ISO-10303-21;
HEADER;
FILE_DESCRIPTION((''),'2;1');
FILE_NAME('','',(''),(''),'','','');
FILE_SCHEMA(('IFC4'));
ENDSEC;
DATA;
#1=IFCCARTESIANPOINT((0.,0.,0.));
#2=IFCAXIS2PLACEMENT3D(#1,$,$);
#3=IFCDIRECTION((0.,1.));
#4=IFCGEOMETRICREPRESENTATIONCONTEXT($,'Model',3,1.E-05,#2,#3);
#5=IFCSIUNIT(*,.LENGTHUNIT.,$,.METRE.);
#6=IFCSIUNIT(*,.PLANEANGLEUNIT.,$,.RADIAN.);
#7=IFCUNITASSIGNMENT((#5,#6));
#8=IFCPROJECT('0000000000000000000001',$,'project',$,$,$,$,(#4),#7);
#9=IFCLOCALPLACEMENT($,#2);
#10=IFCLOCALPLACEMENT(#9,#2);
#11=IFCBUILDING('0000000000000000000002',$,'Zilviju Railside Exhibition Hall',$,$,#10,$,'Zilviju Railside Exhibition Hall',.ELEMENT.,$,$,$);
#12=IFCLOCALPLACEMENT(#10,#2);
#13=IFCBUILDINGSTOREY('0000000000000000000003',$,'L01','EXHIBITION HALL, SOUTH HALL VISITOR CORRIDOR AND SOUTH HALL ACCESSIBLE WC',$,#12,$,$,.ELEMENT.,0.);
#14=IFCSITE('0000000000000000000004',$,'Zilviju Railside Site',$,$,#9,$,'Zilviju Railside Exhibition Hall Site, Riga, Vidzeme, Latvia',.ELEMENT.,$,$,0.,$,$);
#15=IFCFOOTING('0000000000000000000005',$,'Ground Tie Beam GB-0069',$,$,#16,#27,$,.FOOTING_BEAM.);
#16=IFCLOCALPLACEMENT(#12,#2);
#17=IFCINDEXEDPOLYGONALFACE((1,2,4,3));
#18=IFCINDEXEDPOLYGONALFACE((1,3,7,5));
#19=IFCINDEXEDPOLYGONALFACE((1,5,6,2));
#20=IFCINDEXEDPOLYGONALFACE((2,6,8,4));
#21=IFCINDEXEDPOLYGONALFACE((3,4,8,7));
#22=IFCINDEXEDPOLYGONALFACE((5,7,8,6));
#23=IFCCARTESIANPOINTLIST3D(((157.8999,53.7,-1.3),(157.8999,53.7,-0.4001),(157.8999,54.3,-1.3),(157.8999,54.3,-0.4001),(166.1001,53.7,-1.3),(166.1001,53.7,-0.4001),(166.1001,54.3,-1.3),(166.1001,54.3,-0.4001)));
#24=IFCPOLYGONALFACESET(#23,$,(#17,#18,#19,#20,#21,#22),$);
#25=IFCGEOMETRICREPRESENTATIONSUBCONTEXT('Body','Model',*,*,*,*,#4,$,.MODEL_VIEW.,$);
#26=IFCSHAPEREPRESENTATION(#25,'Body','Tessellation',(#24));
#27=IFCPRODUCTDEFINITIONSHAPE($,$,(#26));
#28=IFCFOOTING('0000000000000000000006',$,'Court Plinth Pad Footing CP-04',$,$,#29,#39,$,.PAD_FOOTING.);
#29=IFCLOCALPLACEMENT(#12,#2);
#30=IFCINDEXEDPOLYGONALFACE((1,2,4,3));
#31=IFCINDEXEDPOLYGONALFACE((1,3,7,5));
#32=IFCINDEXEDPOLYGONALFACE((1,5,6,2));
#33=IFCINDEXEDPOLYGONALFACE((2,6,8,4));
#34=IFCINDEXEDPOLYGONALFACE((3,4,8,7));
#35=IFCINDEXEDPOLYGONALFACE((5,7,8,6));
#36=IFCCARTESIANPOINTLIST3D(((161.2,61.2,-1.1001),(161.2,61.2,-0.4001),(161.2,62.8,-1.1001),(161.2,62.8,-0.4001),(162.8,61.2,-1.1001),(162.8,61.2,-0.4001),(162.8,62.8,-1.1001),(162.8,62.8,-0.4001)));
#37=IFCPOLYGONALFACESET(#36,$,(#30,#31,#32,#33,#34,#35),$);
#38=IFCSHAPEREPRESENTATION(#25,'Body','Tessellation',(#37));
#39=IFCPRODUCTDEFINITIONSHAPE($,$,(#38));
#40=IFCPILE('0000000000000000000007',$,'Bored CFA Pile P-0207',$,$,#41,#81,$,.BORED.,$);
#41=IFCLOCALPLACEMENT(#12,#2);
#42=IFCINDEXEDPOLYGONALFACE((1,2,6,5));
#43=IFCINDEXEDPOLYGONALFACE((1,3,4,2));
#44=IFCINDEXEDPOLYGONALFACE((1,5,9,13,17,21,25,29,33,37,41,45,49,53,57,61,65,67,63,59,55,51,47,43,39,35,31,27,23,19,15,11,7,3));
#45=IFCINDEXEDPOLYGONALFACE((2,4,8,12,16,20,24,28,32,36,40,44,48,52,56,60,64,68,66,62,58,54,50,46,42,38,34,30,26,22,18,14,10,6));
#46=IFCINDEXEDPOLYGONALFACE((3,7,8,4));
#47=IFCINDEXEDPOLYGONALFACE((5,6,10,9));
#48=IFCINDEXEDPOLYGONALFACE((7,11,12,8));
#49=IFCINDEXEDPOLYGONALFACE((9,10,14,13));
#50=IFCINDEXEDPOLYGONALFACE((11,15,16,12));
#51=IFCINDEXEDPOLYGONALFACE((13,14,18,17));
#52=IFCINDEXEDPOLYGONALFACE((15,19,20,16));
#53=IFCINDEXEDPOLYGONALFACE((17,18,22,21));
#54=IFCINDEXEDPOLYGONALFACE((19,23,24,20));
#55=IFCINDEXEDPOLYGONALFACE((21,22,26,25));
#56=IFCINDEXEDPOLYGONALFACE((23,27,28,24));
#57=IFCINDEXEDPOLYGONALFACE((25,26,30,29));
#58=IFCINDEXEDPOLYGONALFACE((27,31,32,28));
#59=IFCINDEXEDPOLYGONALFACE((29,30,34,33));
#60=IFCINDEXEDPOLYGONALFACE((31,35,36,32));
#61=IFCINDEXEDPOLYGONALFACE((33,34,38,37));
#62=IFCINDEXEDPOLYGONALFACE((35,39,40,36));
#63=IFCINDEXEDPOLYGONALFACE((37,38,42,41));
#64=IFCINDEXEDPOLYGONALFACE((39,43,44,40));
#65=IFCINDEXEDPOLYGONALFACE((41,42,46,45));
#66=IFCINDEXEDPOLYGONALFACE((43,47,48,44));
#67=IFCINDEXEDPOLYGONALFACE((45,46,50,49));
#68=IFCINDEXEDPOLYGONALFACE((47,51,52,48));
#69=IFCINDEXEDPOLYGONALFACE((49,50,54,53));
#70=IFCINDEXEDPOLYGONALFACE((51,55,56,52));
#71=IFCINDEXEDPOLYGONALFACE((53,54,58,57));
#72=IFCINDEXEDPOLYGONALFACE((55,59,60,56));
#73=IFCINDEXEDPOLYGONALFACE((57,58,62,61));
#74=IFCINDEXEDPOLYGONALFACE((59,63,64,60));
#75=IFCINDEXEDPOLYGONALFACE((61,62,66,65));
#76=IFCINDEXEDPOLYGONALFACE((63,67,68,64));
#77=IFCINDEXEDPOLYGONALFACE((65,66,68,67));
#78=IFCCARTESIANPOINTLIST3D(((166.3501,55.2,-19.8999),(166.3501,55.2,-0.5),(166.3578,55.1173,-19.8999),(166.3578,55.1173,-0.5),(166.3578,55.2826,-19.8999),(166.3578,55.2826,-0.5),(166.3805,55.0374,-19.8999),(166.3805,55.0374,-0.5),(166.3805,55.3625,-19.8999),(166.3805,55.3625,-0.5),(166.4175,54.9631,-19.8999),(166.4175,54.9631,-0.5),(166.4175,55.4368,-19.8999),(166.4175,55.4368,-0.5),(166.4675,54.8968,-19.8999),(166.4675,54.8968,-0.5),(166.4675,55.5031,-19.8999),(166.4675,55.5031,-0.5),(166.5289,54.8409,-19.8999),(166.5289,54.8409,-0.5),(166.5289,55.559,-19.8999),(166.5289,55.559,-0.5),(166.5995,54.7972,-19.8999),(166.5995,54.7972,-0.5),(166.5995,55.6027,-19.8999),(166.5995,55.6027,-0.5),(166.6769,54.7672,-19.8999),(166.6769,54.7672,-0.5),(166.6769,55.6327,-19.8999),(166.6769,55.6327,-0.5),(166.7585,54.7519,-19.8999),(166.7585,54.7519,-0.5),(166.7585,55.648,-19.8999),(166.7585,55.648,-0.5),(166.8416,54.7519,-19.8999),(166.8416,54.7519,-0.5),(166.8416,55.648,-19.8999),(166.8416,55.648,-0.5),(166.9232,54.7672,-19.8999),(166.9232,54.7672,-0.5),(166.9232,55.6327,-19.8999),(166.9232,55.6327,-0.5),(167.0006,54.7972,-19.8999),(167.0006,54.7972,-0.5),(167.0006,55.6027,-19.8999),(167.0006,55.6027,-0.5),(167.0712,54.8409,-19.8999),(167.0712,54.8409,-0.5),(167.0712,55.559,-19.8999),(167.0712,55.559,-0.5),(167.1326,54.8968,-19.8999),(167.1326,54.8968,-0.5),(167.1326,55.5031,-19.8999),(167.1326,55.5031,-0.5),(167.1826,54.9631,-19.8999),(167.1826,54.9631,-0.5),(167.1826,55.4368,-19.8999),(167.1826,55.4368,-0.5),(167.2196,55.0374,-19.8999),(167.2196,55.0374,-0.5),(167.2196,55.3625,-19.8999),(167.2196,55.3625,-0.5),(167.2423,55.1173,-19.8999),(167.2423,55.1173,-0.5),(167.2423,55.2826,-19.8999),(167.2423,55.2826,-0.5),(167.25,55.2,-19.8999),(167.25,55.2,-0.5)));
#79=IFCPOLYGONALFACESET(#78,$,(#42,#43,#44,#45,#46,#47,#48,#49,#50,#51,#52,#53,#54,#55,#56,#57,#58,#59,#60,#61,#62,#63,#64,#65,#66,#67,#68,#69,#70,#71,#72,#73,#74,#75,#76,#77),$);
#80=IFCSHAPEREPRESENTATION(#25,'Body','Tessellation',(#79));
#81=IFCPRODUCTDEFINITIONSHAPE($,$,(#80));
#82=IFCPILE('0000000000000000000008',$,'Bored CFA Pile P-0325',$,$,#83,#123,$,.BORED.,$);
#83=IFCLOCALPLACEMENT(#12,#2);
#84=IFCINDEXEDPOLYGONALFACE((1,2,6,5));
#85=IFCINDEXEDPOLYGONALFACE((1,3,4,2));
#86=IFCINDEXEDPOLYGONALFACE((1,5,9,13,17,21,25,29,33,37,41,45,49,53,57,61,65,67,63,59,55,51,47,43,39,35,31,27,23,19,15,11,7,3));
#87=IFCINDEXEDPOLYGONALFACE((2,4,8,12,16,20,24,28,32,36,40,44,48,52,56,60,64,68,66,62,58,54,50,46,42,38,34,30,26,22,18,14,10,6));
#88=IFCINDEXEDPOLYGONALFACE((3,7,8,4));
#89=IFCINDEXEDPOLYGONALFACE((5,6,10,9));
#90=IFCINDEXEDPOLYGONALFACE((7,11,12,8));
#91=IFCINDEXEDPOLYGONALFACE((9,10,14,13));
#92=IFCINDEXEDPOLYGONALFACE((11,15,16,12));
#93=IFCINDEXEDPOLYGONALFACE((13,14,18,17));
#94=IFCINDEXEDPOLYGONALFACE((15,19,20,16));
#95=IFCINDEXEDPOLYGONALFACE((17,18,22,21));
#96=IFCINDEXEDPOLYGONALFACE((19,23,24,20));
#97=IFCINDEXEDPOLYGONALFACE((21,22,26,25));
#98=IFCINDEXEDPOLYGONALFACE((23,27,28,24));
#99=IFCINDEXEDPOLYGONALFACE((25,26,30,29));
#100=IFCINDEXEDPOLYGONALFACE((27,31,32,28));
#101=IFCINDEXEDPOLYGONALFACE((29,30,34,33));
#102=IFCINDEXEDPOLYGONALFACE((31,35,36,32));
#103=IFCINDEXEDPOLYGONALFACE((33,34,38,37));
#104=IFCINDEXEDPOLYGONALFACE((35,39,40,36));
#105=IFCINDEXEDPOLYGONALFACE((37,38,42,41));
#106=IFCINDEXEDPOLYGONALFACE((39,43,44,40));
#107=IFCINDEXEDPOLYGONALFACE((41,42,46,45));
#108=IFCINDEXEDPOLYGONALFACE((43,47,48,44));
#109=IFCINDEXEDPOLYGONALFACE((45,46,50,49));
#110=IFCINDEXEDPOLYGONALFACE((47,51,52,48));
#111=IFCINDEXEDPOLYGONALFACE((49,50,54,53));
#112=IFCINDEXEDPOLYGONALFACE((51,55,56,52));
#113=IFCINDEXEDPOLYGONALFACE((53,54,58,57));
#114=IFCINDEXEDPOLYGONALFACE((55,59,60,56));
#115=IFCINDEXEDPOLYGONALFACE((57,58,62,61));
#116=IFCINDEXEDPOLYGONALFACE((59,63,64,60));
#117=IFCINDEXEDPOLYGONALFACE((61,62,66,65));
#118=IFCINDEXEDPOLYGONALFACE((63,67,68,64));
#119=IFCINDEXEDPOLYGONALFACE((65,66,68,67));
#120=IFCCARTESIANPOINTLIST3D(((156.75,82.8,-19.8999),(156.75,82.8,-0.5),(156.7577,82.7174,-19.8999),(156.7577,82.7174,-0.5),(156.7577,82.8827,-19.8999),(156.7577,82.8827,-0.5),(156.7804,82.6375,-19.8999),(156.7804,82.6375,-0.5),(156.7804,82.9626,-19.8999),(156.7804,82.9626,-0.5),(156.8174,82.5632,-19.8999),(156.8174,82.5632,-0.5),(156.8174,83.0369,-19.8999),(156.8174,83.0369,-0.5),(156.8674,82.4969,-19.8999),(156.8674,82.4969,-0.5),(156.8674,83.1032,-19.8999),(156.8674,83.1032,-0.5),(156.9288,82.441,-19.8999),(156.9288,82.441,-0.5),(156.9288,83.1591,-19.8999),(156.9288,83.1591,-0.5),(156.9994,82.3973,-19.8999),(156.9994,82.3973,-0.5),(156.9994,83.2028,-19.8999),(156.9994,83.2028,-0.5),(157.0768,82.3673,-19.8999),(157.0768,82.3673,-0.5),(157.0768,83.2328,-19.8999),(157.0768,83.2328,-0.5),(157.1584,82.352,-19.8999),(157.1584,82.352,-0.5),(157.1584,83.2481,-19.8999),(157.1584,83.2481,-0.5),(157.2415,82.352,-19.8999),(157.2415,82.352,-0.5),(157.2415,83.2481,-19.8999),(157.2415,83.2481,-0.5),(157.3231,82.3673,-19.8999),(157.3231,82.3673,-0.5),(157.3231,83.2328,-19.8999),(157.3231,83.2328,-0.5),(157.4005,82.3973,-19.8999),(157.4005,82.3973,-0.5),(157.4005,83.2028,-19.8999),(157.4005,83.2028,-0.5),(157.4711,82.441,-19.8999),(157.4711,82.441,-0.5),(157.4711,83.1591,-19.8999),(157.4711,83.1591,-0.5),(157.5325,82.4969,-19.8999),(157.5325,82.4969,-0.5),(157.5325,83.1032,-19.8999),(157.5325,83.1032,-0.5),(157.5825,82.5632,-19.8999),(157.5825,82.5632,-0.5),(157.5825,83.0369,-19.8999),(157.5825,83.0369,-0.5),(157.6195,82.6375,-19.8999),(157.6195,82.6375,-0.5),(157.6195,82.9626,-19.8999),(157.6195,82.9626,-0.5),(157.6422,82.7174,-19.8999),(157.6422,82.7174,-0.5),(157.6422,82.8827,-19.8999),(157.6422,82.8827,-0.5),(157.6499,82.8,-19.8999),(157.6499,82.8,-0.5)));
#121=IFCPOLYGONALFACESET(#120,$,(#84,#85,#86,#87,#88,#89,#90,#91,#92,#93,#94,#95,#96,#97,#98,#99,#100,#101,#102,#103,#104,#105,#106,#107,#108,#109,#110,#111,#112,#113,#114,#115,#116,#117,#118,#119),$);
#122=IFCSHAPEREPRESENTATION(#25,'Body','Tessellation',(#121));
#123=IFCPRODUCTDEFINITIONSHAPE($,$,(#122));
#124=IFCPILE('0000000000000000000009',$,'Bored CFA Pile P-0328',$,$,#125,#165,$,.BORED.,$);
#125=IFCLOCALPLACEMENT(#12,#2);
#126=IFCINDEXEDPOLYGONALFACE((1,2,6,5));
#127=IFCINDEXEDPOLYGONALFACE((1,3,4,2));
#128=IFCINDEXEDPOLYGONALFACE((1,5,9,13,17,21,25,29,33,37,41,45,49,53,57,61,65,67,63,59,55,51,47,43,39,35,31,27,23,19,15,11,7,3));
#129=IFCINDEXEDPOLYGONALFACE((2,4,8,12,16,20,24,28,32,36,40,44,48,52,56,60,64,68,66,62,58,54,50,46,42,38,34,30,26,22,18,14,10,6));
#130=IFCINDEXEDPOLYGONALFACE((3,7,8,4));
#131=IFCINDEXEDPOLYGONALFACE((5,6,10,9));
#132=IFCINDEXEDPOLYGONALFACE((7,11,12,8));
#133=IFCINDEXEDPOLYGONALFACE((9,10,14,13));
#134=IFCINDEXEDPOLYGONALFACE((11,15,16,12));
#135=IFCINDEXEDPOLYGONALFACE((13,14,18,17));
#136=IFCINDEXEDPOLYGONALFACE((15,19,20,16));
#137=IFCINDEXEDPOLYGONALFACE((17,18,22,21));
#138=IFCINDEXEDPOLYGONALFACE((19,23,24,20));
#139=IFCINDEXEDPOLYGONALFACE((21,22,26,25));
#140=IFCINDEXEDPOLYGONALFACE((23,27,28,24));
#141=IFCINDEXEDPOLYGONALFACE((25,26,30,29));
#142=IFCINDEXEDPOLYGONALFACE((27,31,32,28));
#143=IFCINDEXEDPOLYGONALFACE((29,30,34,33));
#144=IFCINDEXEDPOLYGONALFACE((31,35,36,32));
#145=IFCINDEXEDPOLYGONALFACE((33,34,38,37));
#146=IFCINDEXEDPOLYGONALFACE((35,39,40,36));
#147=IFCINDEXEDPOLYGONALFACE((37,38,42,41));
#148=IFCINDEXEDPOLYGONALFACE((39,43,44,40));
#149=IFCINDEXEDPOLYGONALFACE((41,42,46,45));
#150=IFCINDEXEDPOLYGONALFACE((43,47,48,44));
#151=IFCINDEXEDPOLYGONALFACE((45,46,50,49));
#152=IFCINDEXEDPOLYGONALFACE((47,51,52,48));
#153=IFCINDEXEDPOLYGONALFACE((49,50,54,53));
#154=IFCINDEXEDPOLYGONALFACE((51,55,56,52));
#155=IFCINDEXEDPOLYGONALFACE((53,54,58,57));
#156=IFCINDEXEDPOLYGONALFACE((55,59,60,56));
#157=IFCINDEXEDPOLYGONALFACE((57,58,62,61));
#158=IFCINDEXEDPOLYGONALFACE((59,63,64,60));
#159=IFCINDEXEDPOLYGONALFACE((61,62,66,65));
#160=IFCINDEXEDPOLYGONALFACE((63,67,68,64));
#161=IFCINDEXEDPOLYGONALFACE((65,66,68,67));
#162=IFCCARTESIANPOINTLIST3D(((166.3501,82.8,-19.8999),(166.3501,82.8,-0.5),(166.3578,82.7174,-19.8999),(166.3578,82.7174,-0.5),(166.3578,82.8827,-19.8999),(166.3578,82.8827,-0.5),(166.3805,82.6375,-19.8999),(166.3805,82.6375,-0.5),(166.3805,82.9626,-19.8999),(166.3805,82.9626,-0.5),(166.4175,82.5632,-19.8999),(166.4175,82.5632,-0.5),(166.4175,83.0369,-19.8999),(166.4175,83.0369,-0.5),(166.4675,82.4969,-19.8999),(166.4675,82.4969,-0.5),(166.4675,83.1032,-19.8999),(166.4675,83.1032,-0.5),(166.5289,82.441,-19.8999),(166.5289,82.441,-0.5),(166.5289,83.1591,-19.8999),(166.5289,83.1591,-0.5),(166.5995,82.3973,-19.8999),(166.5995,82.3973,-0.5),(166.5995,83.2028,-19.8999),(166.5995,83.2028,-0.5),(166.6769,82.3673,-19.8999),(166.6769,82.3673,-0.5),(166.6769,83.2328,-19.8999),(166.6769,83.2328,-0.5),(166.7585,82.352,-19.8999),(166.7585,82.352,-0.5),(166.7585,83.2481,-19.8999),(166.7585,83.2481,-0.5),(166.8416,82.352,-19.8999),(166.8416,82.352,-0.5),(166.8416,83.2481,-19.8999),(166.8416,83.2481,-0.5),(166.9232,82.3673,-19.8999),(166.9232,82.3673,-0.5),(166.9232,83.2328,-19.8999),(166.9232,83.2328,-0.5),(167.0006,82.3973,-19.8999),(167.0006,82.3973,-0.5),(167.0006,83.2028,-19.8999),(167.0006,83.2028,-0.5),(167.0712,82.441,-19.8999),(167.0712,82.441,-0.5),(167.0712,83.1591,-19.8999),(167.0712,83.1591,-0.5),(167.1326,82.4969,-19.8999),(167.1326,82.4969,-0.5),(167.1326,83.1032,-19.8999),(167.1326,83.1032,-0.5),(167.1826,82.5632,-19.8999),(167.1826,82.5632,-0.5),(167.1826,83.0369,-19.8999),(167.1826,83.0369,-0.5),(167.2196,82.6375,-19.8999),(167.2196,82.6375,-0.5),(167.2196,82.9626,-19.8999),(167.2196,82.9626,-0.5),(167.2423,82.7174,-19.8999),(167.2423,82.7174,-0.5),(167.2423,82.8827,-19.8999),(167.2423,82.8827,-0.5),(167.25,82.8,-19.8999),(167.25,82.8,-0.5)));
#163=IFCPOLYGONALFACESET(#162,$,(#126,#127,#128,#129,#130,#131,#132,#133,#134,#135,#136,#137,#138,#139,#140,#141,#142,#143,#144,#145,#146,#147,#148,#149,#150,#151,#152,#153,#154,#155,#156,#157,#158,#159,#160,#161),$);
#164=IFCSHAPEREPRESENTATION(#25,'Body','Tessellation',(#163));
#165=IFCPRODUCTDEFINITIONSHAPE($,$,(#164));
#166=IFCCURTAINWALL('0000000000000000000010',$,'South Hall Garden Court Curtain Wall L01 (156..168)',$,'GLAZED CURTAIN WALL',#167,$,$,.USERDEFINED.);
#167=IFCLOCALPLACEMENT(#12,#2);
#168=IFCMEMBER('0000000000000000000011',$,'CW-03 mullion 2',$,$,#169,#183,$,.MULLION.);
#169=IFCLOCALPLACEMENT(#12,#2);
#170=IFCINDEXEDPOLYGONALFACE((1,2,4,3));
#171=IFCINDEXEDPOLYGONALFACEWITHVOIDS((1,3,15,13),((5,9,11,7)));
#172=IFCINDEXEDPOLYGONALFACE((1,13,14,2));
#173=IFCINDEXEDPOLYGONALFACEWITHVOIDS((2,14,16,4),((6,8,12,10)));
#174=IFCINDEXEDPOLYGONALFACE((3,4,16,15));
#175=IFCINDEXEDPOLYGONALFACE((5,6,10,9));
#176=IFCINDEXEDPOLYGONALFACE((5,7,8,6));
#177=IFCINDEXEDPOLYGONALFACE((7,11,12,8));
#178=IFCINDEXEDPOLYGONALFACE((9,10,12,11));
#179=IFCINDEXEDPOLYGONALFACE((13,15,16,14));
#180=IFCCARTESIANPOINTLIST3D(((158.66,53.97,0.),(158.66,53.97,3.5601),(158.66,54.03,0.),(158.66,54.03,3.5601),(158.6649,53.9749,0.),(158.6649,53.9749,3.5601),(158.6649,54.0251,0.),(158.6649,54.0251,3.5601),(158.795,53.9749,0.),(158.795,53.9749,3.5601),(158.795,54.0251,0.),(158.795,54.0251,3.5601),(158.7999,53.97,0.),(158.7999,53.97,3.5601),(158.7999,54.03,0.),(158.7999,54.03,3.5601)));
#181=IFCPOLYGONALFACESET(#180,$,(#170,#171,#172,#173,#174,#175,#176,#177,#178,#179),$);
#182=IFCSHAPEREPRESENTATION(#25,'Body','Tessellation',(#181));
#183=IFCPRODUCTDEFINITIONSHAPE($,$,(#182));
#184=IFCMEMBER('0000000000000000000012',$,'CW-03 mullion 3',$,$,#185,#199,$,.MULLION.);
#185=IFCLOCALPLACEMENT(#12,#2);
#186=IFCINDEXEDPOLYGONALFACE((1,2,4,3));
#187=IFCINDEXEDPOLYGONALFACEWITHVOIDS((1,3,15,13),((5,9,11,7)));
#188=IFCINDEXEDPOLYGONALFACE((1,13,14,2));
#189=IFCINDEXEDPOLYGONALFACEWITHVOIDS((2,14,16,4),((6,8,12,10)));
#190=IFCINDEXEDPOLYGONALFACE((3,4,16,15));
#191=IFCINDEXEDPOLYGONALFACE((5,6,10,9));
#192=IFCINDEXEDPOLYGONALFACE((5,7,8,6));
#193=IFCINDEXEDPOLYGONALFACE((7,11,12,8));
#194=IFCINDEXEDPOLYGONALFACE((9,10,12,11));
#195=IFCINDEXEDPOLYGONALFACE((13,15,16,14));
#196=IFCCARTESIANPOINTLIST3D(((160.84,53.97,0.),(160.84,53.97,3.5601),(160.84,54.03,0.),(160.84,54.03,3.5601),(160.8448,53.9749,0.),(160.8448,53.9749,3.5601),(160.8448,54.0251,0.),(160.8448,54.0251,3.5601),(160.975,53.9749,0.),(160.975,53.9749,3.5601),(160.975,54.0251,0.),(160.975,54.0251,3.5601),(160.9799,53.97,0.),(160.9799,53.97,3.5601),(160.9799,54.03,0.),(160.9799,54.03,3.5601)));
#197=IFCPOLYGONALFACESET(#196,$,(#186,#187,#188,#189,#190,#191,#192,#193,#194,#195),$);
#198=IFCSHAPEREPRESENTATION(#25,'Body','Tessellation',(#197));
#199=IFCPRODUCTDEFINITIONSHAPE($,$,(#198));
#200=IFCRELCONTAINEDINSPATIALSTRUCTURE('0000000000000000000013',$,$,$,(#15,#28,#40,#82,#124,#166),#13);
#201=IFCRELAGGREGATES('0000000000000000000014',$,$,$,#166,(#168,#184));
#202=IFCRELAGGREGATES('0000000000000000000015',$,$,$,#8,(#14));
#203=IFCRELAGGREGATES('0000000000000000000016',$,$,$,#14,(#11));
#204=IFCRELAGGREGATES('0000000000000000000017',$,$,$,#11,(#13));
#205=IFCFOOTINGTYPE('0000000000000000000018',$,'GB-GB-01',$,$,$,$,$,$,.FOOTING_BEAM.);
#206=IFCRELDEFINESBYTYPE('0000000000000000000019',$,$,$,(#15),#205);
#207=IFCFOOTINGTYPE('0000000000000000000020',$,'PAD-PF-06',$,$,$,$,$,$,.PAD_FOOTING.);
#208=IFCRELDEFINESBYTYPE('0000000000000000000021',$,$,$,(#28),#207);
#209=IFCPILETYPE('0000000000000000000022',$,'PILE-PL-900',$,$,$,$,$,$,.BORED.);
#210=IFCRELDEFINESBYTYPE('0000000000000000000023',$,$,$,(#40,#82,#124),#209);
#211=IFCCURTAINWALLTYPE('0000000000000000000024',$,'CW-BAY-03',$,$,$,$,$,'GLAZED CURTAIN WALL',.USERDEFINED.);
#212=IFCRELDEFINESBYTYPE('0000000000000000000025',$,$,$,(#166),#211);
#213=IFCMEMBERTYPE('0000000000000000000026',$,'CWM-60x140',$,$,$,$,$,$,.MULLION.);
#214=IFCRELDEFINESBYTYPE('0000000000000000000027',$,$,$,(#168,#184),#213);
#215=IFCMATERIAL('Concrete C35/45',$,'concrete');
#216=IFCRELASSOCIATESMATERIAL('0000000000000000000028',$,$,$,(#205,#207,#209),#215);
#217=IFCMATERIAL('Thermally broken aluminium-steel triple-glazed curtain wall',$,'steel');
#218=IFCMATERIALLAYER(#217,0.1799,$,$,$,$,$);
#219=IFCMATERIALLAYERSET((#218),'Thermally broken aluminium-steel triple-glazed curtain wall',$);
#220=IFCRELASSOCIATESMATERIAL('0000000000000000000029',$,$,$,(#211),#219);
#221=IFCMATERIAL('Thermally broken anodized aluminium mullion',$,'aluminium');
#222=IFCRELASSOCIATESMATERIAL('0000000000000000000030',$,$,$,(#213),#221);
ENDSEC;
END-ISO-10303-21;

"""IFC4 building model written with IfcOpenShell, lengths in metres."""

from ifc_helpers import new_model, si_unit, direction, frame, origin, origin_2d, place, context, subcontext, project, spatial, rectangle, hollow_rectangle, circle, extrude, material, layer, layer_set, material_profile, profile_set, type_object, element, aggregate, save


model = new_model("IFC4")

# Units and contexts
model_context = context("Model", 3, precision=1e-05, world=origin(), true_north=direction((0.0, 1.0)))
body_context = subcontext(model_context, "Body", "Model", "MODEL_VIEW")
ifc_project = project(units=[si_unit("LENGTHUNIT", "METRE"), si_unit("PLANEANGLEUNIT", "RADIAN")], contexts=[model_context])

# Site, building, storey
site_placement = place(None, origin())
site = spatial("IfcSite", under=ifc_project, at=site_placement, Name="Zilviju Railside Site", LongName="Zilviju Railside Exhibition Hall Site, Riga, Vidzeme, Latvia", CompositionType="ELEMENT", RefElevation=0.0)
building_placement = place(site_placement, origin())
building = spatial("IfcBuilding", under=site, at=building_placement, Name="Zilviju Railside Exhibition Hall", LongName="Zilviju Railside Exhibition Hall", CompositionType="ELEMENT")
storey_placement = place(building_placement, origin())
storey = spatial("IfcBuildingStorey", under=building, at=storey_placement, Name="L01", Description="EXHIBITION HALL, SOUTH HALL VISITOR CORRIDOR AND SOUTH HALL ACCESSIBLE WC", CompositionType="ELEMENT", Elevation=0.0)

# Footings
ifc_material_1 = material(Name="Concrete C35/45", Category="concrete")
ifc_material_profile_1 = material_profile(ifc_material_1, rectangle(XDim=0.6001, YDim=0.8999, at=origin_2d()), Name="TIE BEAM 600x900")
ifc_profile_set_1 = profile_set([ifc_material_profile_1], Name="Concrete C35/45")
footing_type_1 = type_object("IfcFootingType", Name="GB-GB-01", PredefinedType="FOOTING_BEAM", material=ifc_profile_set_1)
footing_1_placement = place(storey_placement, frame((157.8999, 54.0, -0.8501), z_axis=(1.0, 0.0, 0.0), x_axis=(0.0, 1.0, 0.0)))
element("IfcFooting", 1, at=footing_1_placement, inside=storey, type_object=footing_type_1, Name="Ground Tie Beam GB-0069", PredefinedType="FOOTING_BEAM", context=body_context, shape_type="SweptSolid", body=[
    extrude(rectangle(XDim=0.6001, YDim=0.8999, at=origin_2d()), origin(), (0.0, 0.0, 1.0), 8.2002),
])
footing_type_2 = type_object("IfcFootingType", Name="PAD-PF-06", PredefinedType="PAD_FOOTING", material=ifc_material_1)
footing_2_placement = place(storey_placement, frame((162.0, 62.0, -1.1001), z_axis=(0.0, 0.0, 1.0), x_axis=(1.0, 0.0, 0.0)))
element("IfcFooting", 2, at=footing_2_placement, inside=storey, type_object=footing_type_2, Name="Court Plinth Pad Footing CP-04", PredefinedType="PAD_FOOTING", context=body_context, shape_type="SweptSolid", body=[
    extrude(rectangle(XDim=1.6001, YDim=1.6001, at=origin_2d()), origin(), (0.0, 0.0, 1.0), 0.7),
])

# Piles
ifc_material_profile_2 = material_profile(ifc_material_1, circle(Radius=0.45, at=origin_2d()), Name="CFA PILE D900")
ifc_profile_set_2 = profile_set([ifc_material_profile_2], Name="Concrete C35/45")
pile_type = type_object("IfcPileType", Name="PILE-PL-900", PredefinedType="BORED", material=ifc_profile_set_2)
for number, where, z_axis, x_axis, name in (
    (3, (166.8, 55.2, -0.5), (0.0, 0.0, -1.0), (1.0, 0.0, 0.0), "Bored CFA Pile P-0207"),
    (4, (157.2, 82.8, -0.5), (0.0, 0.0, -1.0), (1.0, 0.0, 0.0), "Bored CFA Pile P-0325"),
    (5, (166.8, 82.8, -0.5), (0.0, 0.0, -1.0), (1.0, 0.0, 0.0), "Bored CFA Pile P-0328"),
):
    element("IfcPile", number, at=place(storey_placement, frame(where, z_axis=z_axis, x_axis=x_axis)), inside=storey, type_object=pile_type, Name=name, PredefinedType="BORED", context=body_context, shape_type="SweptSolid", body=[
        extrude(circle(Radius=0.45, at=origin_2d()), origin(), (0.0, 0.0, 1.0), 19.3999),
    ])

# Curtain wall, members
ifc_material_2 = material(Name="Thermally broken aluminium-steel triple-glazed curtain wall", Category="steel")
ifc_layer_1 = layer(ifc_material_2, 0.1799)
ifc_layer_set_1 = layer_set([ifc_layer_1], Name="Thermally broken aluminium-steel triple-glazed curtain wall")
curtain_wall_type = type_object("IfcCurtainWallType", Name="CW-BAY-03", ElementType="GLAZED CURTAIN WALL", PredefinedType="USERDEFINED", material=ifc_layer_set_1)
curtain_wall_placement = place(storey_placement, origin())
curtain_wall = element("IfcCurtainWall", 6, at=curtain_wall_placement, inside=storey, type_object=curtain_wall_type, Name="South Hall Garden Court Curtain Wall L01 (156..168)", ObjectType="GLAZED CURTAIN WALL", PredefinedType="USERDEFINED")
ifc_material_3 = material(Name="Thermally broken anodized aluminium mullion", Category="aluminium")
ifc_material_profile_3 = material_profile(ifc_material_3, hollow_rectangle(XDim=0.0601, YDim=0.1399, WallThickness=0.0049, at=origin_2d()), Name="MULLION 140x60x5")
ifc_profile_set_3 = profile_set([ifc_material_profile_3], Name="Thermally broken anodized aluminium mullion")
member_type_1 = type_object("IfcMemberType", Name="CWM-60x140", PredefinedType="MULLION", material=ifc_profile_set_3)
member_1_placement = place(storey_placement, frame((158.73, 54.0, 0.0), z_axis=(0.0, 0.0, 1.0), x_axis=(0.0, 1.0, 0.0)))
member_1 = element("IfcMember", 7, at=member_1_placement, type_object=member_type_1, Name="CW-03 mullion 2", PredefinedType="MULLION", context=body_context, shape_type="SweptSolid", body=[
    extrude(hollow_rectangle(XDim=0.0601, YDim=0.1399, WallThickness=0.0049, at=origin_2d()), origin(), (0.0, 0.0, 1.0), 3.5601),
])
member_2_placement = place(storey_placement, frame((160.9099, 54.0, 0.0), z_axis=(0.0, 0.0, 1.0), x_axis=(0.0, 1.0, 0.0)))
member_2 = element("IfcMember", 8, at=member_2_placement, type_object=member_type_1, Name="CW-03 mullion 3", PredefinedType="MULLION", context=body_context, shape_type="SweptSolid", body=[
    extrude(hollow_rectangle(XDim=0.0601, YDim=0.1399, WallThickness=0.0049, at=origin_2d()), origin(), (0.0, 0.0, 1.0), 3.5601),
])
aggregate(curtain_wall, [member_1, member_2])

save(model, "model.ifc")
